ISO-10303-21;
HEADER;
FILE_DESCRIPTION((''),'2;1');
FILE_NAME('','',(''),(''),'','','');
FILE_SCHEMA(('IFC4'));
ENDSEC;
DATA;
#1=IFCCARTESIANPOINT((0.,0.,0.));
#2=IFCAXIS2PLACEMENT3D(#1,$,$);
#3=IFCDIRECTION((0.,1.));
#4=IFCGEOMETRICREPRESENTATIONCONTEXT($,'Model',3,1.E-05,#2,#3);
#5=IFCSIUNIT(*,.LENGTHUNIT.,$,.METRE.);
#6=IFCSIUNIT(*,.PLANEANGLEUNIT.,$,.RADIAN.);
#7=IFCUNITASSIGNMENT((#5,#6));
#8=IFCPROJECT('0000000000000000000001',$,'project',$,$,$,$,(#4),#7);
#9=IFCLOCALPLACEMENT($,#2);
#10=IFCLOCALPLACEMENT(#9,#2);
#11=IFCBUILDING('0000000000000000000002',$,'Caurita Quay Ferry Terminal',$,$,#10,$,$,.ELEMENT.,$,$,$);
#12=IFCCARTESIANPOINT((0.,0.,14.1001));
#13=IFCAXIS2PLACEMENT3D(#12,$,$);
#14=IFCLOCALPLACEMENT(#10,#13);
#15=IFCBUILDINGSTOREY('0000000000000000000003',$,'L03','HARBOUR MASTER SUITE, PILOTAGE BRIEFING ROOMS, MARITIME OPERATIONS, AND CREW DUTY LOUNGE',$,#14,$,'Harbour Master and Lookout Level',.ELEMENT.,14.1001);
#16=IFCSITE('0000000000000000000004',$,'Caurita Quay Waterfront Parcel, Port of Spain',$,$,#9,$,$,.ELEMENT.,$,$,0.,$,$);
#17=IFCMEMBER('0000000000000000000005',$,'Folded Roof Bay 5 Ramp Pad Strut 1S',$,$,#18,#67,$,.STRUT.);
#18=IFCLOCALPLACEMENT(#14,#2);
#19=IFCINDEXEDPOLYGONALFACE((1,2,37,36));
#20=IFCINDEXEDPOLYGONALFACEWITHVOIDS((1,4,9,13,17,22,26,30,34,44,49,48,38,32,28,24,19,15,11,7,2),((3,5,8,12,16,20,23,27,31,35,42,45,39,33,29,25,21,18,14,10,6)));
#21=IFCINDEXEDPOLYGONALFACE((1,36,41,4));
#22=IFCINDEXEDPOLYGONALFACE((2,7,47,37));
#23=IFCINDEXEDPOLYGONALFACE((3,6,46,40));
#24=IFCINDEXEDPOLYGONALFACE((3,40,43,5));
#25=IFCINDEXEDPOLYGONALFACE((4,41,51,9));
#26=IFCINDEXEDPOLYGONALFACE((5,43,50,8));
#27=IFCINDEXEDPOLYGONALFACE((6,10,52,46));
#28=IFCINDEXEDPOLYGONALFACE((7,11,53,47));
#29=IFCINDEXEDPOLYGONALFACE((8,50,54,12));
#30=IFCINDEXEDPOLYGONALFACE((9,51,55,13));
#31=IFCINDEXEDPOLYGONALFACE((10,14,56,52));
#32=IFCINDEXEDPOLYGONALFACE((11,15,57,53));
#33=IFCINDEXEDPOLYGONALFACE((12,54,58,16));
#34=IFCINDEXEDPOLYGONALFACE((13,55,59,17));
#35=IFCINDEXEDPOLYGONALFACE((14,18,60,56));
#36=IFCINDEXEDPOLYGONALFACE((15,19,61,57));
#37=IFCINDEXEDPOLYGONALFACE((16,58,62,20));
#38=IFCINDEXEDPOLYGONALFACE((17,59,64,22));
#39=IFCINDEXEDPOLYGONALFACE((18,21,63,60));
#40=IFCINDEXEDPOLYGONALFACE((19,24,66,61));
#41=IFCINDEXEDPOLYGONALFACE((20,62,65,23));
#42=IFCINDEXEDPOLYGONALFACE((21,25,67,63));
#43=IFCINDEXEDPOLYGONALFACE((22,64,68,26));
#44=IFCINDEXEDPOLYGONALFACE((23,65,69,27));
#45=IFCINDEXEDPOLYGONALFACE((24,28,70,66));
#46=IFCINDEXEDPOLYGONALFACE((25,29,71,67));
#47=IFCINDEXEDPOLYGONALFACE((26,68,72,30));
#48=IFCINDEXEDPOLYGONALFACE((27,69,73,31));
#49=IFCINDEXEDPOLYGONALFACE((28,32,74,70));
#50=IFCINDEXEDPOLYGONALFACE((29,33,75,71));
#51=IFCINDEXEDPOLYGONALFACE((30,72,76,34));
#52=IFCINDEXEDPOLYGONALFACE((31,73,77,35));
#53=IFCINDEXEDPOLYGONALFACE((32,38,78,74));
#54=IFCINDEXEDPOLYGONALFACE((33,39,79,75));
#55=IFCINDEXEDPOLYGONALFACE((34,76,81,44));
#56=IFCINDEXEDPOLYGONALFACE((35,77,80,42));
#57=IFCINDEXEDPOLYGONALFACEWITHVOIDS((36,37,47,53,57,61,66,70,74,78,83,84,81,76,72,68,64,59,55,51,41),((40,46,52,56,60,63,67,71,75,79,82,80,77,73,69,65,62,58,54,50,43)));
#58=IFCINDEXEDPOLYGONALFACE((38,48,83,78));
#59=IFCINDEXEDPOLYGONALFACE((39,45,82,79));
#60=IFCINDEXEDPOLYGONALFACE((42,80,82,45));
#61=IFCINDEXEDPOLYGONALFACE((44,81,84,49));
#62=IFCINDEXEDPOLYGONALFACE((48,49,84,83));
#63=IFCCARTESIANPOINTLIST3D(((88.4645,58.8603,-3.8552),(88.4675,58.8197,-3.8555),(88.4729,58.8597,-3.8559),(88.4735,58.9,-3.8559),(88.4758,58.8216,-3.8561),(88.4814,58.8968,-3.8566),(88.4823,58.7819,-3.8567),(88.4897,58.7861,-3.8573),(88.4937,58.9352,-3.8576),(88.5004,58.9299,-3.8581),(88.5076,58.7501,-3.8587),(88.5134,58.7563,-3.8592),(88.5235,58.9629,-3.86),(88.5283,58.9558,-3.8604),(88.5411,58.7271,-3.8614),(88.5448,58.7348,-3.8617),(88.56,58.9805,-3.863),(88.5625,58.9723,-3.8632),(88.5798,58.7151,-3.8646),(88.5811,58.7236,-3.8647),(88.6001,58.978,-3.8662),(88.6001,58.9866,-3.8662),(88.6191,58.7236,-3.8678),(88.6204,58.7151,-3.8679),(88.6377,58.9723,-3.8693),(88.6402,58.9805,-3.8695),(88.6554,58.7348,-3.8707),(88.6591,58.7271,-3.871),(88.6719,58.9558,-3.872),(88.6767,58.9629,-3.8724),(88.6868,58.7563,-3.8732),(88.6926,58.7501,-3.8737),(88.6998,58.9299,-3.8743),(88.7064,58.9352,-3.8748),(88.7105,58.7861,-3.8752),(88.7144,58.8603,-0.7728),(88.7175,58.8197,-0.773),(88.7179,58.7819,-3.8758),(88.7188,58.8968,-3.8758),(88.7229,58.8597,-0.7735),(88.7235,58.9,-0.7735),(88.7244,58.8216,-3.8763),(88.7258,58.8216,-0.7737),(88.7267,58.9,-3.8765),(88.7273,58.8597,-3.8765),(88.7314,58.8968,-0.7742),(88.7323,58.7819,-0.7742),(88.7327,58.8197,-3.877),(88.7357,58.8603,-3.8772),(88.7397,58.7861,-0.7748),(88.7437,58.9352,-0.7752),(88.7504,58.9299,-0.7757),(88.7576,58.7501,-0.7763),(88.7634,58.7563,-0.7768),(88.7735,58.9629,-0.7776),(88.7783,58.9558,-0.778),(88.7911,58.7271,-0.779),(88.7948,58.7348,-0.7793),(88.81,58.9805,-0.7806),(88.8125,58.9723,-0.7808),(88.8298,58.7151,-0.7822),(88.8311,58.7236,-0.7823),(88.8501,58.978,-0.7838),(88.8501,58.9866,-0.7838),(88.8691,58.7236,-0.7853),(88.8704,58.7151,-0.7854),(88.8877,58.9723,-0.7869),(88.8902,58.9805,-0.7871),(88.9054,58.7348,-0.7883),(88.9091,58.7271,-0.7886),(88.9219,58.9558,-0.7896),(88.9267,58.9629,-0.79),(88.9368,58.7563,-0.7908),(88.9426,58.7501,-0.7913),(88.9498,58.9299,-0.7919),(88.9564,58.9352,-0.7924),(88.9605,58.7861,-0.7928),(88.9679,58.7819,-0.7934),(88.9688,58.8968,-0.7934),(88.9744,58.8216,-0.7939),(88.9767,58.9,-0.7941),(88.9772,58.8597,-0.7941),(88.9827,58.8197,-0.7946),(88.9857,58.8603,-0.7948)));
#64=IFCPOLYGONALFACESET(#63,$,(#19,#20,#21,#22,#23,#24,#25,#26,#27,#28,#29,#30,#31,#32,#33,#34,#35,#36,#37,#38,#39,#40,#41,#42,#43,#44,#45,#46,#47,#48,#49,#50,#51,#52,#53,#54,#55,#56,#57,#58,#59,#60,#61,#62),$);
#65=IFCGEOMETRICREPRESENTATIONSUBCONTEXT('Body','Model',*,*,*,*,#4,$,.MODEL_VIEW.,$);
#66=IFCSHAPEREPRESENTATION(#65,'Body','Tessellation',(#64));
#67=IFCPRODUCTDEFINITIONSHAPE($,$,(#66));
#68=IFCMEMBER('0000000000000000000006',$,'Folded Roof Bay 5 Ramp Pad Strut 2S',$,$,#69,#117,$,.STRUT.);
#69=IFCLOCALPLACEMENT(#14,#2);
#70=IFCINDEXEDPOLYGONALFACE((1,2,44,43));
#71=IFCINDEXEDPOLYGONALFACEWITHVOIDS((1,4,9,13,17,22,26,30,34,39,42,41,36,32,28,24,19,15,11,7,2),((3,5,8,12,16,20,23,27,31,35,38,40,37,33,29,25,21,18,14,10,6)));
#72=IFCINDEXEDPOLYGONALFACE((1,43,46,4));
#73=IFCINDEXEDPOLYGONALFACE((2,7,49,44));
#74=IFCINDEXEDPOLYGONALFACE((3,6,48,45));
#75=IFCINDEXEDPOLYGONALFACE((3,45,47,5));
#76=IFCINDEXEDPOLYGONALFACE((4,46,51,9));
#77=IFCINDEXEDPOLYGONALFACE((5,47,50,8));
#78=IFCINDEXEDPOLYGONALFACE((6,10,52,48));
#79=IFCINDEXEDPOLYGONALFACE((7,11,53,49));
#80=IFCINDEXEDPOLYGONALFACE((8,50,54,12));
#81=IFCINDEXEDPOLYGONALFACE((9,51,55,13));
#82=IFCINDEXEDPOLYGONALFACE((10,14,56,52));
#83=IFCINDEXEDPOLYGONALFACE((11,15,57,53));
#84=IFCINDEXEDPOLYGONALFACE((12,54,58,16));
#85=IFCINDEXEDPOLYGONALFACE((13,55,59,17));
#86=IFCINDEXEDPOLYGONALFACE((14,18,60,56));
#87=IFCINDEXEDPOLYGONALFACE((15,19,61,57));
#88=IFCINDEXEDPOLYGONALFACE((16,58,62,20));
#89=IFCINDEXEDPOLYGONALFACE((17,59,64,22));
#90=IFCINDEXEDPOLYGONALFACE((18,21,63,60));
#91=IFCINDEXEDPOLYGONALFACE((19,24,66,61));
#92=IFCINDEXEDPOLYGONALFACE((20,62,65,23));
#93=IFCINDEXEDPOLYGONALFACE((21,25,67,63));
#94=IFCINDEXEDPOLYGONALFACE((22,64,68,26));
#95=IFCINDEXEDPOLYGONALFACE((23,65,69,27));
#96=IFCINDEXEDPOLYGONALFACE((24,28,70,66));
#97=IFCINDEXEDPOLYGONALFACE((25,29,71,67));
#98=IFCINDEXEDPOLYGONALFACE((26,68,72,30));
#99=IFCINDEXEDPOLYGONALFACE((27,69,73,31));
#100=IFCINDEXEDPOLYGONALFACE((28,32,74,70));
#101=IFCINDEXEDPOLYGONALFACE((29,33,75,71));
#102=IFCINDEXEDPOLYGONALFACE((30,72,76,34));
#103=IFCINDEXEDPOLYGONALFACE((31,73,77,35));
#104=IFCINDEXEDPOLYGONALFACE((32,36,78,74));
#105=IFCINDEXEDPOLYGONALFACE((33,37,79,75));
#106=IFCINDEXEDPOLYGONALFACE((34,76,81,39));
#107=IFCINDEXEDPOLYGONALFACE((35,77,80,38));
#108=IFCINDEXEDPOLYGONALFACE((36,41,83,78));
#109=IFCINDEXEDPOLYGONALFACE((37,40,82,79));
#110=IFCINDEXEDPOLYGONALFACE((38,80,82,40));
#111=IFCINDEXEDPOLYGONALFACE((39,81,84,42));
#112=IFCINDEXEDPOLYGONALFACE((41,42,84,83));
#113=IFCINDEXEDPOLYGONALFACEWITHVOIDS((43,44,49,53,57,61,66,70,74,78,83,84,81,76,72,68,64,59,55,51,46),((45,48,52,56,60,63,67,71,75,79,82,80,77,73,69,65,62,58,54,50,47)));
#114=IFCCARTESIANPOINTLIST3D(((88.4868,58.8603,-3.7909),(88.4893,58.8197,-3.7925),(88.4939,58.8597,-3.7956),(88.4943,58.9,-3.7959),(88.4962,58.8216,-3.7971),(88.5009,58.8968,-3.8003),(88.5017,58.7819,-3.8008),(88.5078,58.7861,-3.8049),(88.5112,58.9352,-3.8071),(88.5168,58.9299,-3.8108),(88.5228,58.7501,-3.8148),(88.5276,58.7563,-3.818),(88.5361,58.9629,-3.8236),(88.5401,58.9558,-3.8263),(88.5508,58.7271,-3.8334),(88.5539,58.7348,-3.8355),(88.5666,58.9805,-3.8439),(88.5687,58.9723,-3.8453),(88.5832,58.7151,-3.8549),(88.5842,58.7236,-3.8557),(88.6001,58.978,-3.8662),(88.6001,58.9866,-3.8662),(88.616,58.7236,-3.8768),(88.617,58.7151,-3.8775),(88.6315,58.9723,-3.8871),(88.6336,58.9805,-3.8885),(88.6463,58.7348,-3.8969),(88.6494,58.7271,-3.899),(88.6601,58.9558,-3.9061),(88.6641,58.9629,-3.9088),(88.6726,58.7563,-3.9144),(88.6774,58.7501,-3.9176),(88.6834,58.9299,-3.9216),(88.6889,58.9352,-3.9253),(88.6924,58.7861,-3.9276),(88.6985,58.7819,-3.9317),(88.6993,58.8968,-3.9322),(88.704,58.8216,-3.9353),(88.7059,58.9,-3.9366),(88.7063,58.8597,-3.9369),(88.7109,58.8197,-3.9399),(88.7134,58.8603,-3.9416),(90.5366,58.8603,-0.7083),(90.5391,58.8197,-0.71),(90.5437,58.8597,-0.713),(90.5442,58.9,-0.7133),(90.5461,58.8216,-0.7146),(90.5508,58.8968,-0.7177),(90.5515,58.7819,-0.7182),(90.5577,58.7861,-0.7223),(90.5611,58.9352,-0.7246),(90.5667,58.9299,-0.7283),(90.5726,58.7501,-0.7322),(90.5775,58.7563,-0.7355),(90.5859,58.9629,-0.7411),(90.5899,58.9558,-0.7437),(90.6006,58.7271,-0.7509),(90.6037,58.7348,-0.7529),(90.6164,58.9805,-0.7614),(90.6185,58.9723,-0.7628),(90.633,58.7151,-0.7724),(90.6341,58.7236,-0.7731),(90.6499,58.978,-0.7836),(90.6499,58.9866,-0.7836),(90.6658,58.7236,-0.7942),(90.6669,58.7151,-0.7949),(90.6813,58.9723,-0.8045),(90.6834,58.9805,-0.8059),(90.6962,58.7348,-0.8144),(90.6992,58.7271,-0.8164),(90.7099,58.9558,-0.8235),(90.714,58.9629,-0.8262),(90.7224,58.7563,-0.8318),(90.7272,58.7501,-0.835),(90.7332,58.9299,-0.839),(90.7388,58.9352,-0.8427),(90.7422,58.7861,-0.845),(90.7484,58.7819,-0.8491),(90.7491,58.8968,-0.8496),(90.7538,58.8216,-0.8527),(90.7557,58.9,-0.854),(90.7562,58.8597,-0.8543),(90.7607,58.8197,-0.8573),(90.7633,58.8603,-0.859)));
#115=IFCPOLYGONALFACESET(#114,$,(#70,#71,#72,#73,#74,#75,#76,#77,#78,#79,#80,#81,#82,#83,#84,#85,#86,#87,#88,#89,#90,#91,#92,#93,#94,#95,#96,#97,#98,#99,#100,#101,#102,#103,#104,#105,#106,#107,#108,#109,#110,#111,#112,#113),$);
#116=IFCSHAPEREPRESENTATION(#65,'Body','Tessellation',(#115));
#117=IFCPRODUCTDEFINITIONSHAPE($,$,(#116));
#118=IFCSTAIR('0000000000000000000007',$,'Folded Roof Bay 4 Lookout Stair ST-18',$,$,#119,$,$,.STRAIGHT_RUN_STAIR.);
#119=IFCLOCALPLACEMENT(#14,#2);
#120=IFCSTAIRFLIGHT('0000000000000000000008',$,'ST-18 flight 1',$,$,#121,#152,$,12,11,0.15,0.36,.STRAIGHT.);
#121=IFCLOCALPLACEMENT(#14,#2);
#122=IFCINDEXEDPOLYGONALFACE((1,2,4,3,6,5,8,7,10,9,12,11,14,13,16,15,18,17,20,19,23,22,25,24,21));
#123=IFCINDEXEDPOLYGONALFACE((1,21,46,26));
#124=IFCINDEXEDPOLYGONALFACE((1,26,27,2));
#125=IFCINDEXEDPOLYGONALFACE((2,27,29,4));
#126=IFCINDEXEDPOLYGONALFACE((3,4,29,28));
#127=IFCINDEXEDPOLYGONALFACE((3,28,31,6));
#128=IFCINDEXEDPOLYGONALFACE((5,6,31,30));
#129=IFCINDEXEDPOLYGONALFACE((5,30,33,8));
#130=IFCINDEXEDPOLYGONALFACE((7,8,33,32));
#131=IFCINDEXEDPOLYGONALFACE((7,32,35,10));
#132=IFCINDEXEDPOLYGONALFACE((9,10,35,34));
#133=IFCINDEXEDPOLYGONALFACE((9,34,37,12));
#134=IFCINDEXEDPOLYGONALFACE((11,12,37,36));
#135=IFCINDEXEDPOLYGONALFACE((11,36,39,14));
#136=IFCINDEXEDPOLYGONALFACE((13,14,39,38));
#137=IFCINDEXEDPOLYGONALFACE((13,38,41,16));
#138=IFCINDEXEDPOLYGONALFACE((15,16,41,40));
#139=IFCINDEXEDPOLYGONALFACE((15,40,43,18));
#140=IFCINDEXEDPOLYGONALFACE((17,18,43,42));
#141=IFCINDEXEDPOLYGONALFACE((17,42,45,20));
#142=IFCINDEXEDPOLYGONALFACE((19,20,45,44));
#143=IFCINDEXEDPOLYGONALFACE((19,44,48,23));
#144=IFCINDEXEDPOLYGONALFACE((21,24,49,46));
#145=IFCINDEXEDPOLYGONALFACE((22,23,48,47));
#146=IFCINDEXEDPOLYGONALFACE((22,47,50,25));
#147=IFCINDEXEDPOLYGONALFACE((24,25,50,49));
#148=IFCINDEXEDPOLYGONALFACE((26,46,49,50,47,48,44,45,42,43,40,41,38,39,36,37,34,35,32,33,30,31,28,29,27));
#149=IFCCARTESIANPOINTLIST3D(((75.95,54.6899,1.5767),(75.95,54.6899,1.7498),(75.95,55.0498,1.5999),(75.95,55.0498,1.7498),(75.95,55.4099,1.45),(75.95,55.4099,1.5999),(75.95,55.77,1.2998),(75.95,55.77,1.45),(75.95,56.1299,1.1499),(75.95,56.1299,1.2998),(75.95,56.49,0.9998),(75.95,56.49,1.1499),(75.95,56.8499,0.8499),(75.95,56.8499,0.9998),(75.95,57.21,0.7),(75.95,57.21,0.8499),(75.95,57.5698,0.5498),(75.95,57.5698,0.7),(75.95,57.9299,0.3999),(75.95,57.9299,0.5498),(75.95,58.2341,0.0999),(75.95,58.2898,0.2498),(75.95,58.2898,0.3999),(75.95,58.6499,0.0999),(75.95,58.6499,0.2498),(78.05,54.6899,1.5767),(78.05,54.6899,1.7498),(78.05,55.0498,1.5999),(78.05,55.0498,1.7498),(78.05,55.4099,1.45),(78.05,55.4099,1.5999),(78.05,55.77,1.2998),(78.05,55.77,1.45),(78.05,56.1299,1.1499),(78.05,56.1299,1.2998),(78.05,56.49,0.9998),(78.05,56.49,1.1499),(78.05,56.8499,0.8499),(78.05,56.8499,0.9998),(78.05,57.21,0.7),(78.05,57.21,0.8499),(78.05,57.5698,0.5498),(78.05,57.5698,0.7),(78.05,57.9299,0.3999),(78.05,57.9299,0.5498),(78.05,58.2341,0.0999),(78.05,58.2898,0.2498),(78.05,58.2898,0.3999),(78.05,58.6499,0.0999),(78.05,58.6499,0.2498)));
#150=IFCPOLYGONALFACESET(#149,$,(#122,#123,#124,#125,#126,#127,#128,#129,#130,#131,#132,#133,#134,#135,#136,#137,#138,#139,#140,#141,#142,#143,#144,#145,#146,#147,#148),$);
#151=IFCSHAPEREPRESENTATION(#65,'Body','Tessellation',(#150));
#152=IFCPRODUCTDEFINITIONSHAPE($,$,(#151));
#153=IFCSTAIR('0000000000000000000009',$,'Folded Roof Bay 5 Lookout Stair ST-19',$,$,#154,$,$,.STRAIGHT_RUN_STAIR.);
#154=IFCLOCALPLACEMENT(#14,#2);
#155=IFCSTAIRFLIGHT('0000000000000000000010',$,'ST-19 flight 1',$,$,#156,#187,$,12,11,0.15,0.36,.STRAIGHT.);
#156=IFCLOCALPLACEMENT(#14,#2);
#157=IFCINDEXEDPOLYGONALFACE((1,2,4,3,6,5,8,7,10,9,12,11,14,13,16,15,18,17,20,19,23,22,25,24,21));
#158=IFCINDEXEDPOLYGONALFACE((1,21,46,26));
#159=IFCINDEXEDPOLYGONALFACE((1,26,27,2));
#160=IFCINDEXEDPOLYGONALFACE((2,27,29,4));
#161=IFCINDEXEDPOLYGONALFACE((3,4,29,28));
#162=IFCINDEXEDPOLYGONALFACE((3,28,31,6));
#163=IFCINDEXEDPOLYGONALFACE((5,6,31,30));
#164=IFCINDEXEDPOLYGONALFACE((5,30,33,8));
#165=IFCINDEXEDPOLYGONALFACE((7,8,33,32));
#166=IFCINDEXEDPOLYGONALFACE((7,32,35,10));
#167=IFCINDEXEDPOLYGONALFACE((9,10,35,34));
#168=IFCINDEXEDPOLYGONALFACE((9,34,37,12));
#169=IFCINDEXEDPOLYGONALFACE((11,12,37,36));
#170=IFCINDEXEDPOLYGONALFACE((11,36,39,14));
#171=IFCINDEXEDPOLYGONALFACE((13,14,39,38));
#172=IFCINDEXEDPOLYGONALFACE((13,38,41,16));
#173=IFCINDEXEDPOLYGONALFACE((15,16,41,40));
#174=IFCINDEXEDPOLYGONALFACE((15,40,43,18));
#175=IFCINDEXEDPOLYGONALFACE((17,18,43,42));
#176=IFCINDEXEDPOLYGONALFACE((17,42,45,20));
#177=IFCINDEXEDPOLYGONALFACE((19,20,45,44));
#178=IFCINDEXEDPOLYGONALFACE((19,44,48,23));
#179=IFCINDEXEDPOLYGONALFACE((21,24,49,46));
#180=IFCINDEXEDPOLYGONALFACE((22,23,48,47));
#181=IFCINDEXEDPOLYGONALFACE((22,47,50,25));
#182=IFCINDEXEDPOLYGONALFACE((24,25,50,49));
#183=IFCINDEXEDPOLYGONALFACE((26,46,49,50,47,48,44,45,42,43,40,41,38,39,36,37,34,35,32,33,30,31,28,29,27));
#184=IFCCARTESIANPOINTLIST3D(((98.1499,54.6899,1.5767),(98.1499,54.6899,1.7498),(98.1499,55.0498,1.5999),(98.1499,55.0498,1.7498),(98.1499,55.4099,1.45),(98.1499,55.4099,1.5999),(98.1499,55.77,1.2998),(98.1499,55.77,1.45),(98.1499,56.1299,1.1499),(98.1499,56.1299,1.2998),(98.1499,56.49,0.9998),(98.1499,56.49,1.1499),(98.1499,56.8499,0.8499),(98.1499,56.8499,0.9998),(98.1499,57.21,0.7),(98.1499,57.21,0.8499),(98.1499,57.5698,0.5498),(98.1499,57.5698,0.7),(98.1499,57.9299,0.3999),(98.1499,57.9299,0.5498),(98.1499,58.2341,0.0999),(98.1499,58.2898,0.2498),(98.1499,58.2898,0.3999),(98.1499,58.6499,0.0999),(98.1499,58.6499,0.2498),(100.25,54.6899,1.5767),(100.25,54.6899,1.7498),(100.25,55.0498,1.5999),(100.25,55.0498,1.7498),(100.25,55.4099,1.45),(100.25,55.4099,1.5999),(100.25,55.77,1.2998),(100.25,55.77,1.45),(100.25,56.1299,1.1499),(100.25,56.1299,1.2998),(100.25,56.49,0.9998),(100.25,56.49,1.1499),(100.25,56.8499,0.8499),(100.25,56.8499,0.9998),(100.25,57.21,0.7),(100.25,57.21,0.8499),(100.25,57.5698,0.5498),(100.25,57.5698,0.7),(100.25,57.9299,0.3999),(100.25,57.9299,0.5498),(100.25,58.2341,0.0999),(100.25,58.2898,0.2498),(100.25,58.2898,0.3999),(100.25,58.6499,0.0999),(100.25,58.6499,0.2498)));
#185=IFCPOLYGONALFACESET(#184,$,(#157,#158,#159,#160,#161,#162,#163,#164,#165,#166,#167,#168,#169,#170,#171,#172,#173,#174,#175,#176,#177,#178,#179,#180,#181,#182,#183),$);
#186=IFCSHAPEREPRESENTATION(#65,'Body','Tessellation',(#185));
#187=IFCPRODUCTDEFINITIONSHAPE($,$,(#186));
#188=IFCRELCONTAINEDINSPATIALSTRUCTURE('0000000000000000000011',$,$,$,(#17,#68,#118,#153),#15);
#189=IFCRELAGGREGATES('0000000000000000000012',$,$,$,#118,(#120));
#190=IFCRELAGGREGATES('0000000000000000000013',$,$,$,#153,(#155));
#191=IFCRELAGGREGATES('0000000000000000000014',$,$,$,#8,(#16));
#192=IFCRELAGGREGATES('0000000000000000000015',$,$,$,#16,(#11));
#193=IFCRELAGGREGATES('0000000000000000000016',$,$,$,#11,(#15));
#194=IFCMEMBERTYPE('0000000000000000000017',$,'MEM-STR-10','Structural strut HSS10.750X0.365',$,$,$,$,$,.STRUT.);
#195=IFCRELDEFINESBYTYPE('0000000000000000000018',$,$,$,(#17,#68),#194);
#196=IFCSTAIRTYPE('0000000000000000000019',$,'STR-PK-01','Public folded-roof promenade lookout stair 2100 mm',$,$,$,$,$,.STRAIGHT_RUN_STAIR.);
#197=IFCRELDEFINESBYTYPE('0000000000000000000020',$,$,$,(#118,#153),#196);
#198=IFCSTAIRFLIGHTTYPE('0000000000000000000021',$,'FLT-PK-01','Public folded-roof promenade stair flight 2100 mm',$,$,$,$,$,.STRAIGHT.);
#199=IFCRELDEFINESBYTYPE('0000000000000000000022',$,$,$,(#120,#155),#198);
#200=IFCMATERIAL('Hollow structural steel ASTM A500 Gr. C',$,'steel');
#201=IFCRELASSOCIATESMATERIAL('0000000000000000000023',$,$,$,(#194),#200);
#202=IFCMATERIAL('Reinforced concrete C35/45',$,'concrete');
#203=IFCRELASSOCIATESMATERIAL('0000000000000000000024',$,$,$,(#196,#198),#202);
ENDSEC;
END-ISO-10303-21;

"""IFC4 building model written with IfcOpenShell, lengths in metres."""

from ifc_helpers import new_model, si_unit, direction, frame, origin, origin_2d, place, context, subcontext, project, spatial, polyline, hollow_circle, outline, extrude, material, material_profile, profile_set, type_object, element, aggregate, save


model = new_model("IFC4")

# Units and contexts
model_context = context("Model", 3, precision=1e-05, world=origin(), true_north=direction((0.0, 1.0)))
body_context = subcontext(model_context, "Body", "Model", "MODEL_VIEW")
ifc_project = project(units=[si_unit("LENGTHUNIT", "METRE"), si_unit("PLANEANGLEUNIT", "RADIAN")], contexts=[model_context])

# Site, building, storey
site_placement = place(None, origin())
site = spatial("IfcSite", under=ifc_project, at=site_placement, Name="Caurita Quay Waterfront Parcel, Port of Spain", CompositionType="ELEMENT", RefElevation=0.0)
building_placement = place(site_placement, origin())
building = spatial("IfcBuilding", under=site, at=building_placement, Name="Caurita Quay Ferry Terminal", CompositionType="ELEMENT")
storey_placement = place(building_placement, frame((0.0, 0.0, 14.1001)))
storey = spatial("IfcBuildingStorey", under=building, at=storey_placement, Name="L03", Description="HARBOUR MASTER SUITE, PILOTAGE BRIEFING ROOMS, MARITIME OPERATIONS, AND CREW DUTY LOUNGE", LongName="Harbour Master and Lookout Level", CompositionType="ELEMENT", Elevation=14.1001)

# Shared definitions
ifc_material_1 = material(Name="Reinforced concrete C35/45", Category="concrete")

# Members
ifc_material_2 = material(Name="Hollow structural steel ASTM A500 Gr. C", Category="steel")
ifc_material_profile_1 = material_profile(ifc_material_2, hollow_circle(Radius=0.1365, WallThickness=0.0085, at=origin_2d()), Name="HSS10.750X0.365")
ifc_profile_set_1 = profile_set([ifc_material_profile_1], Name="Hollow structural steel ASTM A500 Gr. C")
member_type_1 = type_object("IfcMemberType", Name="MEM-STR-10", Description="Structural strut HSS10.750X0.365", PredefinedType="STRUT", material=ifc_profile_set_1)
member_1_placement = place(storey_placement, frame((88.6001, 58.8501, -3.8662), z_axis=(0.080837, 0.0, 0.996727), x_axis=(0.0, 1.0, 0.0)))
element("IfcMember", 1, at=member_1_placement, inside=storey, type_object=member_type_1, Name="Folded Roof Bay 5 Ramp Pad Strut 1S", PredefinedType="STRUT", context=body_context, shape_type="SweptSolid", body=[
    extrude(hollow_circle(Radius=0.1365, WallThickness=0.0085, at=origin_2d()), origin(), (0.0, 0.0, 1.0), 3.0925),
])
member_2_placement = place(storey_placement, frame((88.6001, 58.8501, -3.8662), z_axis=(0.553726, 0.0, 0.832699), x_axis=(0.0, 1.0, 0.0)))
element("IfcMember", 2, at=member_2_placement, inside=storey, type_object=member_type_1, Name="Folded Roof Bay 5 Ramp Pad Strut 2S", PredefinedType="STRUT", context=body_context, shape_type="SweptSolid", body=[
    extrude(hollow_circle(Radius=0.1365, WallThickness=0.0085, at=origin_2d()), origin(), (0.0, 0.0, 1.0), 3.7019),
])

# Stairs, stair flights
stair_type = type_object("IfcStairType", Name="STR-PK-01", Description="Public folded-roof promenade lookout stair 2100 mm", PredefinedType="STRAIGHT_RUN_STAIR", material=ifc_material_1)
stair_1_placement = place(storey_placement, origin())
stair_1 = element("IfcStair", 3, at=stair_1_placement, inside=storey, type_object=stair_type, Name="Folded Roof Bay 4 Lookout Stair ST-18", PredefinedType="STRAIGHT_RUN_STAIR")
stair_flight_type = type_object("IfcStairFlightType", Name="FLT-PK-01", Description="Public folded-roof promenade stair flight 2100 mm", PredefinedType="STRAIGHT", material=ifc_material_1)
stair_flight_1_placement = place(storey_placement, frame((77.0, 58.6499, 0.0999), z_axis=(0.0, 0.0, 1.0), x_axis=(0.0, -1.0, 0.0)))
stair_flight_1 = element("IfcStairFlight", 4, at=stair_flight_1_placement, type_object=stair_flight_type, Name="ST-18 flight 1", NumberOfRisers=12, NumberOfTreads=11, PredefinedType="STRAIGHT", RiserHeight=0.15, TreadLength=0.36, context=body_context, shape_type="SweptSolid", body=[
    extrude(outline(polyline([(0.0, 0.0), (0.0, 0.1499), (0.3601, 0.1499), (0.3601, 0.3), (0.72, 0.3), (0.72, 0.45), (1.0801, 0.45), (1.0801, 0.6001), (1.4399, 0.6001), (1.4399, 0.75), (1.8, 0.75), (1.8, 0.8999), (2.1599, 0.8999), (2.1599, 1.05), (2.52, 1.05), (2.52, 1.2), (2.8799, 1.2), (2.8799, 1.3501), (3.24, 1.3501), (3.24, 1.5), (3.6001, 1.5), (3.6001, 1.6499), (3.96, 1.6499), (3.96, 1.8), (3.96, 1.4768), (0.4158, 0.0), (0.0, 0.0)])), frame((0.0, 1.05, 0.0), z_axis=(0.0, -1.0, 0.0), x_axis=(1.0, 0.0, 0.0)), (0.0, 0.0, 1.0), 2.1001),
])
aggregate(stair_1, [stair_flight_1])
stair_2_placement = place(storey_placement, origin())
stair_2 = element("IfcStair", 5, at=stair_2_placement, inside=storey, type_object=stair_type, Name="Folded Roof Bay 5 Lookout Stair ST-19", PredefinedType="STRAIGHT_RUN_STAIR")
stair_flight_2_placement = place(storey_placement, frame((99.2, 58.6499, 0.0999), z_axis=(0.0, 0.0, 1.0), x_axis=(0.0, -1.0, 0.0)))
stair_flight_2 = element("IfcStairFlight", 6, at=stair_flight_2_placement, type_object=stair_flight_type, Name="ST-19 flight 1", NumberOfRisers=12, NumberOfTreads=11, PredefinedType="STRAIGHT", RiserHeight=0.15, TreadLength=0.36, context=body_context, shape_type="SweptSolid", body=[
    extrude(outline(polyline([(0.0, 0.0), (0.0, 0.1499), (0.3601, 0.1499), (0.3601, 0.3), (0.72, 0.3), (0.72, 0.45), (1.0801, 0.45), (1.0801, 0.6001), (1.4399, 0.6001), (1.4399, 0.75), (1.8, 0.75), (1.8, 0.8999), (2.1599, 0.8999), (2.1599, 1.05), (2.52, 1.05), (2.52, 1.2), (2.8799, 1.2), (2.8799, 1.3501), (3.24, 1.3501), (3.24, 1.5), (3.6001, 1.5), (3.6001, 1.6499), (3.96, 1.6499), (3.96, 1.8), (3.96, 1.4768), (0.4158, 0.0), (0.0, 0.0)])), frame((0.0, 1.05, 0.0), z_axis=(0.0, -1.0, 0.0), x_axis=(1.0, 0.0, 0.0)), (0.0, 0.0, 1.0), 2.1001),
])
aggregate(stair_2, [stair_flight_2])

save(model, "model.ifc")
